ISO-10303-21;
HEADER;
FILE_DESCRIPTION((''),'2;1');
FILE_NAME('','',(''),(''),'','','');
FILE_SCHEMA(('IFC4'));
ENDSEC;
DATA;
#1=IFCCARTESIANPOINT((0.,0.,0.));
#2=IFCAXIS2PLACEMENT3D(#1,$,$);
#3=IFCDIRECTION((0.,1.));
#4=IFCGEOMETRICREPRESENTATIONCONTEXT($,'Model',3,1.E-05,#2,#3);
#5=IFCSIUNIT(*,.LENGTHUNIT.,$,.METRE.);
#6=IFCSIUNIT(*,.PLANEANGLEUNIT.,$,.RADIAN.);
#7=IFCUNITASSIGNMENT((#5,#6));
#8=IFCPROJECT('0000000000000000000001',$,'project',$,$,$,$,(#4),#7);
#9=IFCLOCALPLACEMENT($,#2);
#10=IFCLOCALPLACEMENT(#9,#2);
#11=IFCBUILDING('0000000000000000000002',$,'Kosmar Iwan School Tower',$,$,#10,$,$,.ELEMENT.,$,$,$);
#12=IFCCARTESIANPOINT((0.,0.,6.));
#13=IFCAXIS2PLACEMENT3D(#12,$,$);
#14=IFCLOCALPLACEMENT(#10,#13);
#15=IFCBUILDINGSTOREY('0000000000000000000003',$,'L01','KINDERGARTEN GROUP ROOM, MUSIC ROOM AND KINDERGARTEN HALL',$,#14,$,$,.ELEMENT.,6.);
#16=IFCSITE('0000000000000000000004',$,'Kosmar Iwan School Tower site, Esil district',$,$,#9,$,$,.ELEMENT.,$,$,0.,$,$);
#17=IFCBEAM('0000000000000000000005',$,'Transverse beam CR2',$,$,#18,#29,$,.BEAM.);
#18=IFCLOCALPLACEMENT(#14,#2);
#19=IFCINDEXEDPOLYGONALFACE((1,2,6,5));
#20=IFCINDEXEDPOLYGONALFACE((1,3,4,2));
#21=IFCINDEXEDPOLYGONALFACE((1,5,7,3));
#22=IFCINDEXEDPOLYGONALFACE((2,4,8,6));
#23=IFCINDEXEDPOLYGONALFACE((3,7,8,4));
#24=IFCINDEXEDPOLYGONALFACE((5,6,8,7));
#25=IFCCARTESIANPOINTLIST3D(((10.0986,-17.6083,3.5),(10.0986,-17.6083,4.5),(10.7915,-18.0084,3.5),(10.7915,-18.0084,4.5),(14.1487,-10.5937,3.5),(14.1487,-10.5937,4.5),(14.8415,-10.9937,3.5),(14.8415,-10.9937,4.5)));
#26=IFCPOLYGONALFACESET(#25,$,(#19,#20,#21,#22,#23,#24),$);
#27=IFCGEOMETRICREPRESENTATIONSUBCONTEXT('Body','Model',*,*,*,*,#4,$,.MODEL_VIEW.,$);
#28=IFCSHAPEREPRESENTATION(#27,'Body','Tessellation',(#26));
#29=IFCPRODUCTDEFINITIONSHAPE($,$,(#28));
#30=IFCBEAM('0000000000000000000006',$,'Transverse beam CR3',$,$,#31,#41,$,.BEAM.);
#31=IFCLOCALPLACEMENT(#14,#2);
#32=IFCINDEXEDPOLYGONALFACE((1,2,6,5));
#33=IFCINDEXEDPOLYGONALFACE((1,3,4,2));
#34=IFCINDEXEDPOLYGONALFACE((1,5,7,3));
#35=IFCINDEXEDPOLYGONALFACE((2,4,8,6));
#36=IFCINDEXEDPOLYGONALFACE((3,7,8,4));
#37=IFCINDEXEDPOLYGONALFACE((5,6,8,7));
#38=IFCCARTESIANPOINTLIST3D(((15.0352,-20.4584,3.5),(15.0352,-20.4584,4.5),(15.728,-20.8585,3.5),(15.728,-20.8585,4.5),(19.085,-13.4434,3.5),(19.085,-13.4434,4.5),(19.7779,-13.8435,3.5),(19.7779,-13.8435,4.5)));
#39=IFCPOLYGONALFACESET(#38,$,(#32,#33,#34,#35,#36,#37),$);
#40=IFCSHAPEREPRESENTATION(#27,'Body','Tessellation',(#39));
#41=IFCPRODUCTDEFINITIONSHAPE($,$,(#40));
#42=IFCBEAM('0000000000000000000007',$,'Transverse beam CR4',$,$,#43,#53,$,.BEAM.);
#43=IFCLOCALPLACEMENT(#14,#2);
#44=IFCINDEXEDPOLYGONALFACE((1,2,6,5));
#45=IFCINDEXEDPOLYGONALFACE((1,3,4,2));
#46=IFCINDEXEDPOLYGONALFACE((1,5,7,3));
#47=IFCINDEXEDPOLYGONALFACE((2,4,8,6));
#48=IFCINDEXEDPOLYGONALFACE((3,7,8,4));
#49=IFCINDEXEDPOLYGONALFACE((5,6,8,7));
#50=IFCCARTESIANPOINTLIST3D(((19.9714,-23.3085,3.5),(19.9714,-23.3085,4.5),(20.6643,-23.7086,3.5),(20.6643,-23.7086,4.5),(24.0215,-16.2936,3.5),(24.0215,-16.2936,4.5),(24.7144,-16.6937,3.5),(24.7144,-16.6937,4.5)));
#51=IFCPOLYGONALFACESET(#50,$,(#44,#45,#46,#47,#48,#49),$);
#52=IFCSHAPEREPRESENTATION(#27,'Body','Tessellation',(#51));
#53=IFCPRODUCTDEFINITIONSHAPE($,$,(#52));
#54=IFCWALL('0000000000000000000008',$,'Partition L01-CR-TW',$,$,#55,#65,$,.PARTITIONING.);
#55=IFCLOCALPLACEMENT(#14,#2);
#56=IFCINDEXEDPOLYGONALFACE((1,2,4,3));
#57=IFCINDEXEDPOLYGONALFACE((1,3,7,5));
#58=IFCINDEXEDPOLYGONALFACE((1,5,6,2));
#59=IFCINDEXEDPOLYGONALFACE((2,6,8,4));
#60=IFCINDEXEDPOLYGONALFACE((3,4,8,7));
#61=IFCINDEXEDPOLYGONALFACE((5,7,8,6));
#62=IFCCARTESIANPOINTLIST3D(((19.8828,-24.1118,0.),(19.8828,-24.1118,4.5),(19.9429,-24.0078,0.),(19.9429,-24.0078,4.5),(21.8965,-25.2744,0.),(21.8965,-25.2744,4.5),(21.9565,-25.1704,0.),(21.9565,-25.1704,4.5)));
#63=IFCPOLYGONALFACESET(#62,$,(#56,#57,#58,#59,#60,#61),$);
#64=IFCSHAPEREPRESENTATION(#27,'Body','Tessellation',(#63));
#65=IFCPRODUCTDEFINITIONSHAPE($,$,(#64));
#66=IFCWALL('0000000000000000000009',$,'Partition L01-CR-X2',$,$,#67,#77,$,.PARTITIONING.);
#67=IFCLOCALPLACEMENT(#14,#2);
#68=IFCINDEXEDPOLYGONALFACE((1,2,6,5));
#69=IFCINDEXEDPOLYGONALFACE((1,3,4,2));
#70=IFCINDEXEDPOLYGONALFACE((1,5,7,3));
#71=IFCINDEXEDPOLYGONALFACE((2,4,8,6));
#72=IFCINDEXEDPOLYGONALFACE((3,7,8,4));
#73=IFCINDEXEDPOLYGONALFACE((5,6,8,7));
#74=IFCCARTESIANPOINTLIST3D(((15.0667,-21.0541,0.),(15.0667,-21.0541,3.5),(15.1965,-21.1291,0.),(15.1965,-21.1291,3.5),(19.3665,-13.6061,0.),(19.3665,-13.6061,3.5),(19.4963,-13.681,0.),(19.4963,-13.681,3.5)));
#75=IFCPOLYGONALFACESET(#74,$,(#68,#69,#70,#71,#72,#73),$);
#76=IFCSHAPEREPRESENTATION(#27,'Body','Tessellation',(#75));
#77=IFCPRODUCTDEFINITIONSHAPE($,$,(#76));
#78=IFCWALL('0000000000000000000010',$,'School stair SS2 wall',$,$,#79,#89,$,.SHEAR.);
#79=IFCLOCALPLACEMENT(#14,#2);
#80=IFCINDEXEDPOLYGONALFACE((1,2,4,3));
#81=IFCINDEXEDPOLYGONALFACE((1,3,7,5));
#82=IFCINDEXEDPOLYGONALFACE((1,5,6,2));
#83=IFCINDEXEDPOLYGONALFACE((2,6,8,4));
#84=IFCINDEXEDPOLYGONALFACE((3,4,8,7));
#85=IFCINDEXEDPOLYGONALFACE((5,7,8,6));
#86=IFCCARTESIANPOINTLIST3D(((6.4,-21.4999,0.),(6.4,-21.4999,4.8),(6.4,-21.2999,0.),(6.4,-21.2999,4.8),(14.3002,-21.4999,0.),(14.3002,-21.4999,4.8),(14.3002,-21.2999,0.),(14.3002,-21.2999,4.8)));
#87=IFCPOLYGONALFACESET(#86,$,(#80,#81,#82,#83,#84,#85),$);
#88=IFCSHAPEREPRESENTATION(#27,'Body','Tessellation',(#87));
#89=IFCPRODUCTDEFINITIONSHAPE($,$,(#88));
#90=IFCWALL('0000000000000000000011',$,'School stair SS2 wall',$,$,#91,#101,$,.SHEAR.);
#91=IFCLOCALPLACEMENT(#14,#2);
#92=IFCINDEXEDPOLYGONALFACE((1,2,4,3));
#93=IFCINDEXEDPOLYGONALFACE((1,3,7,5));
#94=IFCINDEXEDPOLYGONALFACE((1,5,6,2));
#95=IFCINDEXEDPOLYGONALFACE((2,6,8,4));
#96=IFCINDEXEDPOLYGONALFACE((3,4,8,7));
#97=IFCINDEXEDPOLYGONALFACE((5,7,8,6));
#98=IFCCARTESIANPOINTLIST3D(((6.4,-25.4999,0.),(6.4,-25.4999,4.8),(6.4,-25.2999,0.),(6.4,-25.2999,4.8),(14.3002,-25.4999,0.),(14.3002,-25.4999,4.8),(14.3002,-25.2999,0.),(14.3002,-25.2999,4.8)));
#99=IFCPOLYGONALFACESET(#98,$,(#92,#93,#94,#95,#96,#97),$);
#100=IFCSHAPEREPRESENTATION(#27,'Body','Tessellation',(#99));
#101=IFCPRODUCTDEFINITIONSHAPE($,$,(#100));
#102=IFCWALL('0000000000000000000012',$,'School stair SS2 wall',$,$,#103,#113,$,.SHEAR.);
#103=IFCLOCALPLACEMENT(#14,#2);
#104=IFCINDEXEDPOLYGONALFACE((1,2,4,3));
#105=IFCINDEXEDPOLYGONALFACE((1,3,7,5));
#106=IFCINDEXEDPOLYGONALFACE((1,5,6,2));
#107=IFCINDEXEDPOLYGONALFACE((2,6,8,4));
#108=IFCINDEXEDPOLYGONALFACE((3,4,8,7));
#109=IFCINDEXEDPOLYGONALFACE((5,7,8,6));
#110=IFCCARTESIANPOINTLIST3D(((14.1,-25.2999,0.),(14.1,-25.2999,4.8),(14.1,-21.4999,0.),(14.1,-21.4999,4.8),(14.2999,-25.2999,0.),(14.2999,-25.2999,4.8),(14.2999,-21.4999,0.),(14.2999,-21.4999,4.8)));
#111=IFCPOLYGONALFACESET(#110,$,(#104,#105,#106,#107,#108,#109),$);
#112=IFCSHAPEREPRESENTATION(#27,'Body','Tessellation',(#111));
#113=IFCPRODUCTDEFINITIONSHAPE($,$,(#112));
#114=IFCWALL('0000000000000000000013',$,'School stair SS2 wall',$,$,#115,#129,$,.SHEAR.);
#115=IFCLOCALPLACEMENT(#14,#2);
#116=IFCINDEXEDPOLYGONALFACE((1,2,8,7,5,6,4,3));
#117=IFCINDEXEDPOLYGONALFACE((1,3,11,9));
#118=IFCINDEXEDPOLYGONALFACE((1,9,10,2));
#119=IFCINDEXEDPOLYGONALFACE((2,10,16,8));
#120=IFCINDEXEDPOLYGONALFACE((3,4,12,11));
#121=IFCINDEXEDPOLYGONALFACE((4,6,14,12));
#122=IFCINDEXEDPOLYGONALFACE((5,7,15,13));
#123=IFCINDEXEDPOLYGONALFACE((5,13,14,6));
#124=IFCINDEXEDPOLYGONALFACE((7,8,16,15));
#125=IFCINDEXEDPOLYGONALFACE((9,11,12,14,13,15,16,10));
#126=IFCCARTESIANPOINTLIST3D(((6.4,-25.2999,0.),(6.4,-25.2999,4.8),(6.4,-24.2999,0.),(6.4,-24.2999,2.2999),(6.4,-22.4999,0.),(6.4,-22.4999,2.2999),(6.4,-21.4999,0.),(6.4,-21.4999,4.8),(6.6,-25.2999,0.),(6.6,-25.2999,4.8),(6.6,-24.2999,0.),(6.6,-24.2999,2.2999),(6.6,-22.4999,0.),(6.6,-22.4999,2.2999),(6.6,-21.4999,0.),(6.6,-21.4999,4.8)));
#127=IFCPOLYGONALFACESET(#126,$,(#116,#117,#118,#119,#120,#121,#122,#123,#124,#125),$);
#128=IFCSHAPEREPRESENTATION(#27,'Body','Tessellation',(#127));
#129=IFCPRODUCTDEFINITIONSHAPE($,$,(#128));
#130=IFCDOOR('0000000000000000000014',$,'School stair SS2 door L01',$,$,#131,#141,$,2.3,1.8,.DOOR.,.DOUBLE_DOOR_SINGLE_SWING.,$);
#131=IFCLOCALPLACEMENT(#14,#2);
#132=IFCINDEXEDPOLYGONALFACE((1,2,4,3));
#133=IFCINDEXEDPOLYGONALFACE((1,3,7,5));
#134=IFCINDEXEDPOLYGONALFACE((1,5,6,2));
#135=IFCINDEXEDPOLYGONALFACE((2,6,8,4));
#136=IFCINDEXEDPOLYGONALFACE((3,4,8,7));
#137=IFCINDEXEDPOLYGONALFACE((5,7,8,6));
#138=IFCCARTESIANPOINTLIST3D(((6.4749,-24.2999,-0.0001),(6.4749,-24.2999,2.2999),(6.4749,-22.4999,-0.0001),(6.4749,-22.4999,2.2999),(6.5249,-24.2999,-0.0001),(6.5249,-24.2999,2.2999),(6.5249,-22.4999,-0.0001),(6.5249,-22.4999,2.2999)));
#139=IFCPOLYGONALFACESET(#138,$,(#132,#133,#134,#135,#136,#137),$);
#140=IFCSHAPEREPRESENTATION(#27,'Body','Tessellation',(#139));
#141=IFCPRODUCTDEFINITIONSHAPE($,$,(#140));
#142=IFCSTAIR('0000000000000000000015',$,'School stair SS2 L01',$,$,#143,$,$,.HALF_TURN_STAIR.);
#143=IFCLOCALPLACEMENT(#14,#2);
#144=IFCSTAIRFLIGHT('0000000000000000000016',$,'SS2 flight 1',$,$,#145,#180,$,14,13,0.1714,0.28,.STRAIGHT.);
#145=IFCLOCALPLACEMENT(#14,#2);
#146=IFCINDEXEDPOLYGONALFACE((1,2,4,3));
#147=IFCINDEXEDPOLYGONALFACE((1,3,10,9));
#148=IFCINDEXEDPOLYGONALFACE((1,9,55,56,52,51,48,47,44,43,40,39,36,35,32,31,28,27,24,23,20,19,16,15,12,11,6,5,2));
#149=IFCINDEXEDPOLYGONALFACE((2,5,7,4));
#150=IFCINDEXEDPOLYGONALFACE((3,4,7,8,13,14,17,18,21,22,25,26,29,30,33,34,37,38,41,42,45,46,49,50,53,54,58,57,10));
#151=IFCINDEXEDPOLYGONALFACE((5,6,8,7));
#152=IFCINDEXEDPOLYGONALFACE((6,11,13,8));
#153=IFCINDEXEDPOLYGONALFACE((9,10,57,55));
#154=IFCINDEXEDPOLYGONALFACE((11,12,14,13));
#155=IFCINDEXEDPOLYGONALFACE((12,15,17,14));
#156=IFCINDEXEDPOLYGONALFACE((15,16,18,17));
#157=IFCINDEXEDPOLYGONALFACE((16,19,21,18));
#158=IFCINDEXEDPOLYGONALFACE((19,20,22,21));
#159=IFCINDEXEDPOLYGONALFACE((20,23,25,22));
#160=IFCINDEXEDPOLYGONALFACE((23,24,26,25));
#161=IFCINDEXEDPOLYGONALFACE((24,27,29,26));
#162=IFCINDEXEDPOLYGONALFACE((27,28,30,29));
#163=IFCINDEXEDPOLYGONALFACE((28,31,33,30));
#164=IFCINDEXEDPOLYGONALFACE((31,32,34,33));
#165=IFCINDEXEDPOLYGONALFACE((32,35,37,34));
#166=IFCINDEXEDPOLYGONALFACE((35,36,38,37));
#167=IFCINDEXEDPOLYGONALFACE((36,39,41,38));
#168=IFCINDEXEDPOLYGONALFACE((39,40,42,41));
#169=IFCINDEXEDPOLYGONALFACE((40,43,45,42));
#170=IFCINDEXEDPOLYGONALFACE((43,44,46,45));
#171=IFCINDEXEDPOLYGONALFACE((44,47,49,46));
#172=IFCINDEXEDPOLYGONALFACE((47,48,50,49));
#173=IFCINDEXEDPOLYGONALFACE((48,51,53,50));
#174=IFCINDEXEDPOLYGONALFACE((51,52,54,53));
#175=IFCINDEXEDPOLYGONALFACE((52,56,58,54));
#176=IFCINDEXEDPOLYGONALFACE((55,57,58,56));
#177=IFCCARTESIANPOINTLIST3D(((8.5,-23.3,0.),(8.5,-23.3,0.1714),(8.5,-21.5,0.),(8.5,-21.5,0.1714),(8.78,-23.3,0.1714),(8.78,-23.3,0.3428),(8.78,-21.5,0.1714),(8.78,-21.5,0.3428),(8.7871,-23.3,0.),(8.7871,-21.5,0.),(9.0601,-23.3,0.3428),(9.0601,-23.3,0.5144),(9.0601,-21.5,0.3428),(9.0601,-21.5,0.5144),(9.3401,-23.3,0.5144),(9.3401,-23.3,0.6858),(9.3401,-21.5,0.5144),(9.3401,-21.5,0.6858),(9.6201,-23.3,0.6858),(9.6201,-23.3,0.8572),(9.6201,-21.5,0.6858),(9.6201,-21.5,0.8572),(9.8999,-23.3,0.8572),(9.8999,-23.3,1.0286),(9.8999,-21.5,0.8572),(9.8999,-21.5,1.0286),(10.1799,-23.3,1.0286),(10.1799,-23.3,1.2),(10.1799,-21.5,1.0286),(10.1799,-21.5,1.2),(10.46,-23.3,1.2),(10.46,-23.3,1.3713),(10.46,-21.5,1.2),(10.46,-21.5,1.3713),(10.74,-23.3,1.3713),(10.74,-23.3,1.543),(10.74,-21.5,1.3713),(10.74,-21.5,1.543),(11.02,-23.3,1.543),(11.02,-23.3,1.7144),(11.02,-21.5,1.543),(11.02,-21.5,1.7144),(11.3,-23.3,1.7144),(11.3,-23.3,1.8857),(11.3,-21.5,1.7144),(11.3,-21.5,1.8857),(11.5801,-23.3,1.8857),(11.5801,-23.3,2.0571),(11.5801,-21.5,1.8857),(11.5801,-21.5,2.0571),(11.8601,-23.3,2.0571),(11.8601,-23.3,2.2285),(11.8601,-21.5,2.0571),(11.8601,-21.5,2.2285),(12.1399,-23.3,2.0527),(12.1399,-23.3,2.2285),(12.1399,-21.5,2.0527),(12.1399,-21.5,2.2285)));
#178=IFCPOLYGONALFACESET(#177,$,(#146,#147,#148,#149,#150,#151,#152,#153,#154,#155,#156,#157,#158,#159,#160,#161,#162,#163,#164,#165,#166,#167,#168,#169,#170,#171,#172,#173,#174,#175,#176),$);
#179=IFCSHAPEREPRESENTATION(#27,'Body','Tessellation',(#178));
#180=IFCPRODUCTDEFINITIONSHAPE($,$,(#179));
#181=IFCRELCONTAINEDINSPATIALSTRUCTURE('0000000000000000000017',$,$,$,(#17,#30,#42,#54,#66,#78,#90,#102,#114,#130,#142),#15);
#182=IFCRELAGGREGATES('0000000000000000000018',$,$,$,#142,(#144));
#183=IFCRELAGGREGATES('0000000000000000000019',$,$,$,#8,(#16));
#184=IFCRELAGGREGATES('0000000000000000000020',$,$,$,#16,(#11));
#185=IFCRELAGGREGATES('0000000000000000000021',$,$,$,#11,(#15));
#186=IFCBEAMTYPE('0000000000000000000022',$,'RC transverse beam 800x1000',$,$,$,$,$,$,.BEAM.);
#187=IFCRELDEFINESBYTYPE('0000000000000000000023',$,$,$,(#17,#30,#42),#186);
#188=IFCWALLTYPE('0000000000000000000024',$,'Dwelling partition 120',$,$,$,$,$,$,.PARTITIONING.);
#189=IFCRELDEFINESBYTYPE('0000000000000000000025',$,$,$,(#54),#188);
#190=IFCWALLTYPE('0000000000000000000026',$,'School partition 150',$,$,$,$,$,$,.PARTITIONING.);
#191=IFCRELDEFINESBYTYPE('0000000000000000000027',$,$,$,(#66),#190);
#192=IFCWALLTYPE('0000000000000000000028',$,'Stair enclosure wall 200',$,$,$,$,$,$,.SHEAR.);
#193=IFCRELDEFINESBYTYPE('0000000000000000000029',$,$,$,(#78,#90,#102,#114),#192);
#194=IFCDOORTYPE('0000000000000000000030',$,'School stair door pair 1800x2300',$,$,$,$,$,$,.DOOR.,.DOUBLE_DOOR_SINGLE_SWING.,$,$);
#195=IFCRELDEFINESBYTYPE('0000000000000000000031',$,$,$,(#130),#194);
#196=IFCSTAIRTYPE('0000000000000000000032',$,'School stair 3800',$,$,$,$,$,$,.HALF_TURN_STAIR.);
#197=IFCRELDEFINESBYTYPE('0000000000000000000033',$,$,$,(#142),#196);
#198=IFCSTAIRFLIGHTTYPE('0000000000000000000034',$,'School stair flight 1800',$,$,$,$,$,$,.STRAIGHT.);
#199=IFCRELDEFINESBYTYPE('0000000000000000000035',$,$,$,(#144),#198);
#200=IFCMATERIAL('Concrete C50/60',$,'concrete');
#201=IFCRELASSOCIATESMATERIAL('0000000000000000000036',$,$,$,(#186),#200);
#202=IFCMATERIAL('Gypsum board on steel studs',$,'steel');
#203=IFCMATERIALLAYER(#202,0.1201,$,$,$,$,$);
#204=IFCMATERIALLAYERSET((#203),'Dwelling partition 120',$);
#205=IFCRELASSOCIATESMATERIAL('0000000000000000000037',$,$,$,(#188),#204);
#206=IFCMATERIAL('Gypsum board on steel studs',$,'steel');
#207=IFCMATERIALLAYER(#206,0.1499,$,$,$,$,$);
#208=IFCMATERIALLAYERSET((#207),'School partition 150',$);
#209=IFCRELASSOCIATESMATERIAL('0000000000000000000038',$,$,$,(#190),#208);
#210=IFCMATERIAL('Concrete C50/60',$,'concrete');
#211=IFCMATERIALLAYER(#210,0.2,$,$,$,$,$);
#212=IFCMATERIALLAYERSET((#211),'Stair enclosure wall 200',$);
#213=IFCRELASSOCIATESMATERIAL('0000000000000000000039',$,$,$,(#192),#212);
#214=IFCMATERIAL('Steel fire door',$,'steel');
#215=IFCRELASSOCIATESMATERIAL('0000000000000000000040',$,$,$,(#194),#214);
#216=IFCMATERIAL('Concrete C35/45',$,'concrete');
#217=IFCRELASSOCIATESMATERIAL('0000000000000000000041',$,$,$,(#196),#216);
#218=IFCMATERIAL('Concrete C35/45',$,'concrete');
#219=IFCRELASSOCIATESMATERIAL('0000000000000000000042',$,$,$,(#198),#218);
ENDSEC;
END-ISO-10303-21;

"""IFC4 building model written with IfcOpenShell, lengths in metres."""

from ifc_helpers import new_model, si_unit, direction, frame, frame_2d, origin, origin_2d, place, context, subcontext, project, spatial, polyline, rectangle, outline, extrude, material, layer, layer_set, material_profile, profile_set, type_object, element, fill, aggregate, save


model = new_model("IFC4")

# Units and contexts
model_context = context("Model", 3, precision=1e-05, world=origin(), true_north=direction((0.0, 1.0)))
body_context = subcontext(model_context, "Body", "Model", "MODEL_VIEW")
ifc_project = project(units=[si_unit("LENGTHUNIT", "METRE"), si_unit("PLANEANGLEUNIT", "RADIAN")], contexts=[model_context])

# Site, building, storey
site_placement = place(None, origin())
site = spatial("IfcSite", under=ifc_project, at=site_placement, Name="Kosmar Iwan School Tower site, Esil district", CompositionType="ELEMENT", RefElevation=0.0)
building_placement = place(site_placement, origin())
building = spatial("IfcBuilding", under=site, at=building_placement, Name="Kosmar Iwan School Tower", CompositionType="ELEMENT")
storey_placement = place(building_placement, frame((0.0, 0.0, 6.0)))
storey = spatial("IfcBuildingStorey", under=building, at=storey_placement, Name="L01", Description="KINDERGARTEN GROUP ROOM, MUSIC ROOM AND KINDERGARTEN HALL", CompositionType="ELEMENT", Elevation=6.0)

# Beams
ifc_material_1 = material(Name="Concrete C50/60", Category="concrete")
ifc_material_profile_1 = material_profile(ifc_material_1, rectangle(XDim=0.8, YDim=1.0, at=origin_2d()), Name="RC 800x1000")
ifc_profile_set_1 = profile_set([ifc_material_profile_1], Name="Concrete C50/60")
beam_type_1 = type_object("IfcBeamType", Name="RC transverse beam 800x1000", PredefinedType="BEAM", material=ifc_profile_set_1)
beam_1_placement = place(storey_placement, frame((10.4451, -17.8083, 4.0), z_axis=(0.500013, 0.866018, 0.0), x_axis=(-0.866018, 0.500013, 0.0)))
element("IfcBeam", 1, at=beam_1_placement, inside=storey, type_object=beam_type_1, Name="Transverse beam CR2", PredefinedType="BEAM", context=body_context, shape_type="SweptSolid", body=[
    extrude(rectangle(XDim=0.8, YDim=1.0, at=origin_2d()), origin(), (0.0, 0.0, 1.0), 8.0999),
])
for number, where, z_axis, x_axis, name in (
    (2, (15.3816, -20.6584, 4.0), (0.499977, 0.866039, 0.0), (-0.866039, 0.499977, 0.0), "Transverse beam CR3"),
    (3, (20.3179, -23.5085, 4.0), (0.5, 0.866025, 0.0), (-0.866025, 0.5, 0.0), "Transverse beam CR4"),
):
    element("IfcBeam", number, at=place(storey_placement, frame(where, z_axis=z_axis, x_axis=x_axis)), inside=storey, type_object=beam_type_1, Name=name, PredefinedType="BEAM", context=body_context, shape_type="SweptSolid", body=[
        extrude(rectangle(XDim=0.8, YDim=1.0, at=origin_2d()), origin(), (0.0, 0.0, 1.0), 8.1001),
    ])

# Walls
ifc_material_2 = material(Name="Gypsum board on steel studs", Category="steel")
ifc_layer_1 = layer(ifc_material_2, 0.1201)
ifc_layer_set_1 = layer_set([ifc_layer_1], Name="Dwelling partition 120")
wall_type_1 = type_object("IfcWallType", Name="Dwelling partition 120", PredefinedType="PARTITIONING", material=ifc_layer_set_1)
wall_1_placement = place(storey_placement, frame((19.9128, -24.0598, 0.0), z_axis=(0.0, 0.0, 1.0), x_axis=(0.866025, -0.500001, 0.0)))
element("IfcWall", 4, at=wall_1_placement, inside=storey, type_object=wall_type_1, Name="Partition L01-CR-TW", PredefinedType="PARTITIONING", context=body_context, shape_type="SweptSolid", body=[
    extrude(rectangle(XDim=2.3252, YDim=0.1201, at=frame_2d((1.1626, 0.0))), origin(), (0.0, 0.0, 1.0), 4.5),
])
ifc_material_3 = material(Name="Gypsum board on steel studs", Category="steel")
ifc_layer_2 = layer(ifc_material_3, 0.1499)
ifc_layer_set_2 = layer_set([ifc_layer_2], Name="School partition 150")
wall_type_2 = type_object("IfcWallType", Name="School partition 150", PredefinedType="PARTITIONING", material=ifc_layer_set_2)
wall_2_placement = place(storey_placement, frame((19.4314, -13.6436, 0.0), z_axis=(0.0, 0.0, 1.0), x_axis=(-0.499974, -0.86604, 0.0)))
element("IfcWall", 5, at=wall_2_placement, inside=storey, type_object=wall_type_2, Name="Partition L01-CR-X2", PredefinedType="PARTITIONING", context=body_context, shape_type="SweptSolid", body=[
    extrude(rectangle(XDim=8.6001, YDim=0.1499, at=frame_2d((4.3, 0.0))), origin(), (0.0, 0.0, 1.0), 3.5),
])
ifc_material_4 = material(Name="Concrete C50/60", Category="concrete")
ifc_layer_3 = layer(ifc_material_4, 0.2)
ifc_layer_set_3 = layer_set([ifc_layer_3], Name="Stair enclosure wall 200")
wall_type_3 = type_object("IfcWallType", Name="Stair enclosure wall 200", PredefinedType="SHEAR", material=ifc_layer_set_3)
for number, where, z_axis, x_axis, name in (
    (6, (6.3999, -21.3999, 0.0), (0.0, 0.0, 1.0), (1.0, 0.0, 0.0), "School stair SS2 wall"),
    (7, (6.3999, -25.3999, 0.0), (0.0, 0.0, 1.0), (1.0, 0.0, 0.0), "School stair SS2 wall"),
):
    element("IfcWall", number, at=place(storey_placement, frame(where, z_axis=z_axis, x_axis=x_axis)), inside=storey, type_object=wall_type_3, Name=name, PredefinedType="SHEAR", context=body_context, shape_type="SweptSolid", body=[
        extrude(rectangle(XDim=7.9001, YDim=0.2, at=frame_2d((3.9502, 0.0))), origin(), (0.0, 0.0, 1.0), 4.8),
    ])
wall_3_placement = place(storey_placement, frame((14.2, -21.5, 0.0), z_axis=(0.0, 0.0, 1.0), x_axis=(0.0, -1.0, 0.0)))
element("IfcWall", 8, at=wall_3_placement, inside=storey, type_object=wall_type_3, Name="School stair SS2 wall", PredefinedType="SHEAR", context=body_context, shape_type="SweptSolid", body=[
    extrude(rectangle(XDim=3.8, YDim=0.2, at=frame_2d((1.8999, 0.0))), origin(), (0.0, 0.0, 1.0), 4.8),
])

# Wall, opening, door
wall_4_placement = place(storey_placement, frame((6.5, -21.5, 0.0), z_axis=(0.0, 0.0, 1.0), x_axis=(0.0, -1.0, 0.0)))
wall_4 = element("IfcWall", 9, at=wall_4_placement, inside=storey, type_object=wall_type_3, Name="School stair SS2 wall", PredefinedType="SHEAR", context=body_context, shape_type="SweptSolid", body=[
    extrude(rectangle(XDim=3.8, YDim=0.2, at=frame_2d((1.8999, 0.0))), origin(), (0.0, 0.0, 1.0), 4.8),
])
opening_placement = place(wall_4_placement, frame((1.0, 0.0, 0.0)))
opening = element("IfcOpeningElement", 10, at=opening_placement, cuts=wall_4, PredefinedType="OPENING", context=body_context, shape_type="SweptSolid", body=[
    extrude(rectangle(XDim=1.8, YDim=2.3, at=frame_2d((0.8999, 1.1499))), frame((0.0, 0.1121, 0.0), z_axis=(0.0, -1.0, 0.0), x_axis=(1.0, 0.0, 0.0)), (0.0, 0.0, 1.0), 0.2239),
])
ifc_material_5 = material(Name="Steel fire door", Category="steel")
door_type = type_object("IfcDoorType", Name="School stair door pair 1800x2300", OperationType="DOUBLE_DOOR_SINGLE_SWING", PredefinedType="DOOR", material=ifc_material_5)
door_placement = place(opening_placement, origin())
door = element("IfcDoor", 11, at=door_placement, inside=storey, type_object=door_type, Name="School stair SS2 door L01", OperationType="DOUBLE_DOOR_SINGLE_SWING", OverallHeight=2.3, OverallWidth=1.8, PredefinedType="DOOR", context=body_context, shape_type="SweptSolid", body=[
    extrude(rectangle(XDim=1.8, YDim=2.3, at=frame_2d((0.8999, 1.1499))), frame((0.0, 0.0249, 0.0), z_axis=(0.0, -1.0, 0.0), x_axis=(1.0, 0.0, 0.0)), (0.0, 0.0, 1.0), 0.05),
])
fill(opening, door)

# Stair, stair flight
ifc_material_6 = material(Name="Concrete C35/45", Category="concrete")
stair_type = type_object("IfcStairType", Name="School stair 3800", PredefinedType="HALF_TURN_STAIR", material=ifc_material_6)
stair_placement = place(storey_placement, origin())
stair = element("IfcStair", 12, at=stair_placement, inside=storey, type_object=stair_type, Name="School stair SS2 L01", PredefinedType="HALF_TURN_STAIR")
ifc_material_7 = material(Name="Concrete C35/45", Category="concrete")
stair_flight_type = type_object("IfcStairFlightType", Name="School stair flight 1800", PredefinedType="STRAIGHT", material=ifc_material_7)
stair_flight_1_placement = place(storey_placement, frame((8.5, -22.3999, 0.0), z_axis=(0.0, 0.0, 1.0), x_axis=(1.0, 0.0, 0.0)))
stair_flight_1 = element("IfcStairFlight", 13, at=stair_flight_1_placement, type_object=stair_flight_type, Name="SS2 flight 1", NumberOfRisers=14, NumberOfTreads=13, PredefinedType="STRAIGHT", RiserHeight=0.1714, TreadLength=0.28, context=body_context, shape_type="SweptSolid", body=[
    extrude(outline(polyline([(0.0, 0.0), (0.0, 0.1714), (0.28, 0.1714), (0.28, 0.3428), (0.5601, 0.3428), (0.5601, 0.5144), (0.8401, 0.5144), (0.8401, 0.6858), (1.1201, 0.6858), (1.1201, 0.8572), (1.3999, 0.8572), (1.3999, 1.0286), (1.6799, 1.0286), (1.6799, 1.2), (1.96, 1.2), (1.96, 1.3713), (2.24, 1.3713), (2.24, 1.543), (2.52, 1.543), (2.52, 1.7144), (2.8, 1.7144), (2.8, 1.8857), (3.0801, 1.8857), (3.0801, 2.0571), (3.3601, 2.0571), (3.3601, 2.2285), (3.6399, 2.2285), (3.6399, 2.3999), (3.6399, 2.0527), (0.2871, 0.0), (0.0, 0.0)])), frame((0.0, 0.8999, 0.0), z_axis=(0.0, -1.0, 0.0), x_axis=(1.0, 0.0, 0.0)), (0.0, 0.0, 1.0), 1.8),
])
aggregate(stair, [stair_flight_1])

save(model, "model.ifc")
